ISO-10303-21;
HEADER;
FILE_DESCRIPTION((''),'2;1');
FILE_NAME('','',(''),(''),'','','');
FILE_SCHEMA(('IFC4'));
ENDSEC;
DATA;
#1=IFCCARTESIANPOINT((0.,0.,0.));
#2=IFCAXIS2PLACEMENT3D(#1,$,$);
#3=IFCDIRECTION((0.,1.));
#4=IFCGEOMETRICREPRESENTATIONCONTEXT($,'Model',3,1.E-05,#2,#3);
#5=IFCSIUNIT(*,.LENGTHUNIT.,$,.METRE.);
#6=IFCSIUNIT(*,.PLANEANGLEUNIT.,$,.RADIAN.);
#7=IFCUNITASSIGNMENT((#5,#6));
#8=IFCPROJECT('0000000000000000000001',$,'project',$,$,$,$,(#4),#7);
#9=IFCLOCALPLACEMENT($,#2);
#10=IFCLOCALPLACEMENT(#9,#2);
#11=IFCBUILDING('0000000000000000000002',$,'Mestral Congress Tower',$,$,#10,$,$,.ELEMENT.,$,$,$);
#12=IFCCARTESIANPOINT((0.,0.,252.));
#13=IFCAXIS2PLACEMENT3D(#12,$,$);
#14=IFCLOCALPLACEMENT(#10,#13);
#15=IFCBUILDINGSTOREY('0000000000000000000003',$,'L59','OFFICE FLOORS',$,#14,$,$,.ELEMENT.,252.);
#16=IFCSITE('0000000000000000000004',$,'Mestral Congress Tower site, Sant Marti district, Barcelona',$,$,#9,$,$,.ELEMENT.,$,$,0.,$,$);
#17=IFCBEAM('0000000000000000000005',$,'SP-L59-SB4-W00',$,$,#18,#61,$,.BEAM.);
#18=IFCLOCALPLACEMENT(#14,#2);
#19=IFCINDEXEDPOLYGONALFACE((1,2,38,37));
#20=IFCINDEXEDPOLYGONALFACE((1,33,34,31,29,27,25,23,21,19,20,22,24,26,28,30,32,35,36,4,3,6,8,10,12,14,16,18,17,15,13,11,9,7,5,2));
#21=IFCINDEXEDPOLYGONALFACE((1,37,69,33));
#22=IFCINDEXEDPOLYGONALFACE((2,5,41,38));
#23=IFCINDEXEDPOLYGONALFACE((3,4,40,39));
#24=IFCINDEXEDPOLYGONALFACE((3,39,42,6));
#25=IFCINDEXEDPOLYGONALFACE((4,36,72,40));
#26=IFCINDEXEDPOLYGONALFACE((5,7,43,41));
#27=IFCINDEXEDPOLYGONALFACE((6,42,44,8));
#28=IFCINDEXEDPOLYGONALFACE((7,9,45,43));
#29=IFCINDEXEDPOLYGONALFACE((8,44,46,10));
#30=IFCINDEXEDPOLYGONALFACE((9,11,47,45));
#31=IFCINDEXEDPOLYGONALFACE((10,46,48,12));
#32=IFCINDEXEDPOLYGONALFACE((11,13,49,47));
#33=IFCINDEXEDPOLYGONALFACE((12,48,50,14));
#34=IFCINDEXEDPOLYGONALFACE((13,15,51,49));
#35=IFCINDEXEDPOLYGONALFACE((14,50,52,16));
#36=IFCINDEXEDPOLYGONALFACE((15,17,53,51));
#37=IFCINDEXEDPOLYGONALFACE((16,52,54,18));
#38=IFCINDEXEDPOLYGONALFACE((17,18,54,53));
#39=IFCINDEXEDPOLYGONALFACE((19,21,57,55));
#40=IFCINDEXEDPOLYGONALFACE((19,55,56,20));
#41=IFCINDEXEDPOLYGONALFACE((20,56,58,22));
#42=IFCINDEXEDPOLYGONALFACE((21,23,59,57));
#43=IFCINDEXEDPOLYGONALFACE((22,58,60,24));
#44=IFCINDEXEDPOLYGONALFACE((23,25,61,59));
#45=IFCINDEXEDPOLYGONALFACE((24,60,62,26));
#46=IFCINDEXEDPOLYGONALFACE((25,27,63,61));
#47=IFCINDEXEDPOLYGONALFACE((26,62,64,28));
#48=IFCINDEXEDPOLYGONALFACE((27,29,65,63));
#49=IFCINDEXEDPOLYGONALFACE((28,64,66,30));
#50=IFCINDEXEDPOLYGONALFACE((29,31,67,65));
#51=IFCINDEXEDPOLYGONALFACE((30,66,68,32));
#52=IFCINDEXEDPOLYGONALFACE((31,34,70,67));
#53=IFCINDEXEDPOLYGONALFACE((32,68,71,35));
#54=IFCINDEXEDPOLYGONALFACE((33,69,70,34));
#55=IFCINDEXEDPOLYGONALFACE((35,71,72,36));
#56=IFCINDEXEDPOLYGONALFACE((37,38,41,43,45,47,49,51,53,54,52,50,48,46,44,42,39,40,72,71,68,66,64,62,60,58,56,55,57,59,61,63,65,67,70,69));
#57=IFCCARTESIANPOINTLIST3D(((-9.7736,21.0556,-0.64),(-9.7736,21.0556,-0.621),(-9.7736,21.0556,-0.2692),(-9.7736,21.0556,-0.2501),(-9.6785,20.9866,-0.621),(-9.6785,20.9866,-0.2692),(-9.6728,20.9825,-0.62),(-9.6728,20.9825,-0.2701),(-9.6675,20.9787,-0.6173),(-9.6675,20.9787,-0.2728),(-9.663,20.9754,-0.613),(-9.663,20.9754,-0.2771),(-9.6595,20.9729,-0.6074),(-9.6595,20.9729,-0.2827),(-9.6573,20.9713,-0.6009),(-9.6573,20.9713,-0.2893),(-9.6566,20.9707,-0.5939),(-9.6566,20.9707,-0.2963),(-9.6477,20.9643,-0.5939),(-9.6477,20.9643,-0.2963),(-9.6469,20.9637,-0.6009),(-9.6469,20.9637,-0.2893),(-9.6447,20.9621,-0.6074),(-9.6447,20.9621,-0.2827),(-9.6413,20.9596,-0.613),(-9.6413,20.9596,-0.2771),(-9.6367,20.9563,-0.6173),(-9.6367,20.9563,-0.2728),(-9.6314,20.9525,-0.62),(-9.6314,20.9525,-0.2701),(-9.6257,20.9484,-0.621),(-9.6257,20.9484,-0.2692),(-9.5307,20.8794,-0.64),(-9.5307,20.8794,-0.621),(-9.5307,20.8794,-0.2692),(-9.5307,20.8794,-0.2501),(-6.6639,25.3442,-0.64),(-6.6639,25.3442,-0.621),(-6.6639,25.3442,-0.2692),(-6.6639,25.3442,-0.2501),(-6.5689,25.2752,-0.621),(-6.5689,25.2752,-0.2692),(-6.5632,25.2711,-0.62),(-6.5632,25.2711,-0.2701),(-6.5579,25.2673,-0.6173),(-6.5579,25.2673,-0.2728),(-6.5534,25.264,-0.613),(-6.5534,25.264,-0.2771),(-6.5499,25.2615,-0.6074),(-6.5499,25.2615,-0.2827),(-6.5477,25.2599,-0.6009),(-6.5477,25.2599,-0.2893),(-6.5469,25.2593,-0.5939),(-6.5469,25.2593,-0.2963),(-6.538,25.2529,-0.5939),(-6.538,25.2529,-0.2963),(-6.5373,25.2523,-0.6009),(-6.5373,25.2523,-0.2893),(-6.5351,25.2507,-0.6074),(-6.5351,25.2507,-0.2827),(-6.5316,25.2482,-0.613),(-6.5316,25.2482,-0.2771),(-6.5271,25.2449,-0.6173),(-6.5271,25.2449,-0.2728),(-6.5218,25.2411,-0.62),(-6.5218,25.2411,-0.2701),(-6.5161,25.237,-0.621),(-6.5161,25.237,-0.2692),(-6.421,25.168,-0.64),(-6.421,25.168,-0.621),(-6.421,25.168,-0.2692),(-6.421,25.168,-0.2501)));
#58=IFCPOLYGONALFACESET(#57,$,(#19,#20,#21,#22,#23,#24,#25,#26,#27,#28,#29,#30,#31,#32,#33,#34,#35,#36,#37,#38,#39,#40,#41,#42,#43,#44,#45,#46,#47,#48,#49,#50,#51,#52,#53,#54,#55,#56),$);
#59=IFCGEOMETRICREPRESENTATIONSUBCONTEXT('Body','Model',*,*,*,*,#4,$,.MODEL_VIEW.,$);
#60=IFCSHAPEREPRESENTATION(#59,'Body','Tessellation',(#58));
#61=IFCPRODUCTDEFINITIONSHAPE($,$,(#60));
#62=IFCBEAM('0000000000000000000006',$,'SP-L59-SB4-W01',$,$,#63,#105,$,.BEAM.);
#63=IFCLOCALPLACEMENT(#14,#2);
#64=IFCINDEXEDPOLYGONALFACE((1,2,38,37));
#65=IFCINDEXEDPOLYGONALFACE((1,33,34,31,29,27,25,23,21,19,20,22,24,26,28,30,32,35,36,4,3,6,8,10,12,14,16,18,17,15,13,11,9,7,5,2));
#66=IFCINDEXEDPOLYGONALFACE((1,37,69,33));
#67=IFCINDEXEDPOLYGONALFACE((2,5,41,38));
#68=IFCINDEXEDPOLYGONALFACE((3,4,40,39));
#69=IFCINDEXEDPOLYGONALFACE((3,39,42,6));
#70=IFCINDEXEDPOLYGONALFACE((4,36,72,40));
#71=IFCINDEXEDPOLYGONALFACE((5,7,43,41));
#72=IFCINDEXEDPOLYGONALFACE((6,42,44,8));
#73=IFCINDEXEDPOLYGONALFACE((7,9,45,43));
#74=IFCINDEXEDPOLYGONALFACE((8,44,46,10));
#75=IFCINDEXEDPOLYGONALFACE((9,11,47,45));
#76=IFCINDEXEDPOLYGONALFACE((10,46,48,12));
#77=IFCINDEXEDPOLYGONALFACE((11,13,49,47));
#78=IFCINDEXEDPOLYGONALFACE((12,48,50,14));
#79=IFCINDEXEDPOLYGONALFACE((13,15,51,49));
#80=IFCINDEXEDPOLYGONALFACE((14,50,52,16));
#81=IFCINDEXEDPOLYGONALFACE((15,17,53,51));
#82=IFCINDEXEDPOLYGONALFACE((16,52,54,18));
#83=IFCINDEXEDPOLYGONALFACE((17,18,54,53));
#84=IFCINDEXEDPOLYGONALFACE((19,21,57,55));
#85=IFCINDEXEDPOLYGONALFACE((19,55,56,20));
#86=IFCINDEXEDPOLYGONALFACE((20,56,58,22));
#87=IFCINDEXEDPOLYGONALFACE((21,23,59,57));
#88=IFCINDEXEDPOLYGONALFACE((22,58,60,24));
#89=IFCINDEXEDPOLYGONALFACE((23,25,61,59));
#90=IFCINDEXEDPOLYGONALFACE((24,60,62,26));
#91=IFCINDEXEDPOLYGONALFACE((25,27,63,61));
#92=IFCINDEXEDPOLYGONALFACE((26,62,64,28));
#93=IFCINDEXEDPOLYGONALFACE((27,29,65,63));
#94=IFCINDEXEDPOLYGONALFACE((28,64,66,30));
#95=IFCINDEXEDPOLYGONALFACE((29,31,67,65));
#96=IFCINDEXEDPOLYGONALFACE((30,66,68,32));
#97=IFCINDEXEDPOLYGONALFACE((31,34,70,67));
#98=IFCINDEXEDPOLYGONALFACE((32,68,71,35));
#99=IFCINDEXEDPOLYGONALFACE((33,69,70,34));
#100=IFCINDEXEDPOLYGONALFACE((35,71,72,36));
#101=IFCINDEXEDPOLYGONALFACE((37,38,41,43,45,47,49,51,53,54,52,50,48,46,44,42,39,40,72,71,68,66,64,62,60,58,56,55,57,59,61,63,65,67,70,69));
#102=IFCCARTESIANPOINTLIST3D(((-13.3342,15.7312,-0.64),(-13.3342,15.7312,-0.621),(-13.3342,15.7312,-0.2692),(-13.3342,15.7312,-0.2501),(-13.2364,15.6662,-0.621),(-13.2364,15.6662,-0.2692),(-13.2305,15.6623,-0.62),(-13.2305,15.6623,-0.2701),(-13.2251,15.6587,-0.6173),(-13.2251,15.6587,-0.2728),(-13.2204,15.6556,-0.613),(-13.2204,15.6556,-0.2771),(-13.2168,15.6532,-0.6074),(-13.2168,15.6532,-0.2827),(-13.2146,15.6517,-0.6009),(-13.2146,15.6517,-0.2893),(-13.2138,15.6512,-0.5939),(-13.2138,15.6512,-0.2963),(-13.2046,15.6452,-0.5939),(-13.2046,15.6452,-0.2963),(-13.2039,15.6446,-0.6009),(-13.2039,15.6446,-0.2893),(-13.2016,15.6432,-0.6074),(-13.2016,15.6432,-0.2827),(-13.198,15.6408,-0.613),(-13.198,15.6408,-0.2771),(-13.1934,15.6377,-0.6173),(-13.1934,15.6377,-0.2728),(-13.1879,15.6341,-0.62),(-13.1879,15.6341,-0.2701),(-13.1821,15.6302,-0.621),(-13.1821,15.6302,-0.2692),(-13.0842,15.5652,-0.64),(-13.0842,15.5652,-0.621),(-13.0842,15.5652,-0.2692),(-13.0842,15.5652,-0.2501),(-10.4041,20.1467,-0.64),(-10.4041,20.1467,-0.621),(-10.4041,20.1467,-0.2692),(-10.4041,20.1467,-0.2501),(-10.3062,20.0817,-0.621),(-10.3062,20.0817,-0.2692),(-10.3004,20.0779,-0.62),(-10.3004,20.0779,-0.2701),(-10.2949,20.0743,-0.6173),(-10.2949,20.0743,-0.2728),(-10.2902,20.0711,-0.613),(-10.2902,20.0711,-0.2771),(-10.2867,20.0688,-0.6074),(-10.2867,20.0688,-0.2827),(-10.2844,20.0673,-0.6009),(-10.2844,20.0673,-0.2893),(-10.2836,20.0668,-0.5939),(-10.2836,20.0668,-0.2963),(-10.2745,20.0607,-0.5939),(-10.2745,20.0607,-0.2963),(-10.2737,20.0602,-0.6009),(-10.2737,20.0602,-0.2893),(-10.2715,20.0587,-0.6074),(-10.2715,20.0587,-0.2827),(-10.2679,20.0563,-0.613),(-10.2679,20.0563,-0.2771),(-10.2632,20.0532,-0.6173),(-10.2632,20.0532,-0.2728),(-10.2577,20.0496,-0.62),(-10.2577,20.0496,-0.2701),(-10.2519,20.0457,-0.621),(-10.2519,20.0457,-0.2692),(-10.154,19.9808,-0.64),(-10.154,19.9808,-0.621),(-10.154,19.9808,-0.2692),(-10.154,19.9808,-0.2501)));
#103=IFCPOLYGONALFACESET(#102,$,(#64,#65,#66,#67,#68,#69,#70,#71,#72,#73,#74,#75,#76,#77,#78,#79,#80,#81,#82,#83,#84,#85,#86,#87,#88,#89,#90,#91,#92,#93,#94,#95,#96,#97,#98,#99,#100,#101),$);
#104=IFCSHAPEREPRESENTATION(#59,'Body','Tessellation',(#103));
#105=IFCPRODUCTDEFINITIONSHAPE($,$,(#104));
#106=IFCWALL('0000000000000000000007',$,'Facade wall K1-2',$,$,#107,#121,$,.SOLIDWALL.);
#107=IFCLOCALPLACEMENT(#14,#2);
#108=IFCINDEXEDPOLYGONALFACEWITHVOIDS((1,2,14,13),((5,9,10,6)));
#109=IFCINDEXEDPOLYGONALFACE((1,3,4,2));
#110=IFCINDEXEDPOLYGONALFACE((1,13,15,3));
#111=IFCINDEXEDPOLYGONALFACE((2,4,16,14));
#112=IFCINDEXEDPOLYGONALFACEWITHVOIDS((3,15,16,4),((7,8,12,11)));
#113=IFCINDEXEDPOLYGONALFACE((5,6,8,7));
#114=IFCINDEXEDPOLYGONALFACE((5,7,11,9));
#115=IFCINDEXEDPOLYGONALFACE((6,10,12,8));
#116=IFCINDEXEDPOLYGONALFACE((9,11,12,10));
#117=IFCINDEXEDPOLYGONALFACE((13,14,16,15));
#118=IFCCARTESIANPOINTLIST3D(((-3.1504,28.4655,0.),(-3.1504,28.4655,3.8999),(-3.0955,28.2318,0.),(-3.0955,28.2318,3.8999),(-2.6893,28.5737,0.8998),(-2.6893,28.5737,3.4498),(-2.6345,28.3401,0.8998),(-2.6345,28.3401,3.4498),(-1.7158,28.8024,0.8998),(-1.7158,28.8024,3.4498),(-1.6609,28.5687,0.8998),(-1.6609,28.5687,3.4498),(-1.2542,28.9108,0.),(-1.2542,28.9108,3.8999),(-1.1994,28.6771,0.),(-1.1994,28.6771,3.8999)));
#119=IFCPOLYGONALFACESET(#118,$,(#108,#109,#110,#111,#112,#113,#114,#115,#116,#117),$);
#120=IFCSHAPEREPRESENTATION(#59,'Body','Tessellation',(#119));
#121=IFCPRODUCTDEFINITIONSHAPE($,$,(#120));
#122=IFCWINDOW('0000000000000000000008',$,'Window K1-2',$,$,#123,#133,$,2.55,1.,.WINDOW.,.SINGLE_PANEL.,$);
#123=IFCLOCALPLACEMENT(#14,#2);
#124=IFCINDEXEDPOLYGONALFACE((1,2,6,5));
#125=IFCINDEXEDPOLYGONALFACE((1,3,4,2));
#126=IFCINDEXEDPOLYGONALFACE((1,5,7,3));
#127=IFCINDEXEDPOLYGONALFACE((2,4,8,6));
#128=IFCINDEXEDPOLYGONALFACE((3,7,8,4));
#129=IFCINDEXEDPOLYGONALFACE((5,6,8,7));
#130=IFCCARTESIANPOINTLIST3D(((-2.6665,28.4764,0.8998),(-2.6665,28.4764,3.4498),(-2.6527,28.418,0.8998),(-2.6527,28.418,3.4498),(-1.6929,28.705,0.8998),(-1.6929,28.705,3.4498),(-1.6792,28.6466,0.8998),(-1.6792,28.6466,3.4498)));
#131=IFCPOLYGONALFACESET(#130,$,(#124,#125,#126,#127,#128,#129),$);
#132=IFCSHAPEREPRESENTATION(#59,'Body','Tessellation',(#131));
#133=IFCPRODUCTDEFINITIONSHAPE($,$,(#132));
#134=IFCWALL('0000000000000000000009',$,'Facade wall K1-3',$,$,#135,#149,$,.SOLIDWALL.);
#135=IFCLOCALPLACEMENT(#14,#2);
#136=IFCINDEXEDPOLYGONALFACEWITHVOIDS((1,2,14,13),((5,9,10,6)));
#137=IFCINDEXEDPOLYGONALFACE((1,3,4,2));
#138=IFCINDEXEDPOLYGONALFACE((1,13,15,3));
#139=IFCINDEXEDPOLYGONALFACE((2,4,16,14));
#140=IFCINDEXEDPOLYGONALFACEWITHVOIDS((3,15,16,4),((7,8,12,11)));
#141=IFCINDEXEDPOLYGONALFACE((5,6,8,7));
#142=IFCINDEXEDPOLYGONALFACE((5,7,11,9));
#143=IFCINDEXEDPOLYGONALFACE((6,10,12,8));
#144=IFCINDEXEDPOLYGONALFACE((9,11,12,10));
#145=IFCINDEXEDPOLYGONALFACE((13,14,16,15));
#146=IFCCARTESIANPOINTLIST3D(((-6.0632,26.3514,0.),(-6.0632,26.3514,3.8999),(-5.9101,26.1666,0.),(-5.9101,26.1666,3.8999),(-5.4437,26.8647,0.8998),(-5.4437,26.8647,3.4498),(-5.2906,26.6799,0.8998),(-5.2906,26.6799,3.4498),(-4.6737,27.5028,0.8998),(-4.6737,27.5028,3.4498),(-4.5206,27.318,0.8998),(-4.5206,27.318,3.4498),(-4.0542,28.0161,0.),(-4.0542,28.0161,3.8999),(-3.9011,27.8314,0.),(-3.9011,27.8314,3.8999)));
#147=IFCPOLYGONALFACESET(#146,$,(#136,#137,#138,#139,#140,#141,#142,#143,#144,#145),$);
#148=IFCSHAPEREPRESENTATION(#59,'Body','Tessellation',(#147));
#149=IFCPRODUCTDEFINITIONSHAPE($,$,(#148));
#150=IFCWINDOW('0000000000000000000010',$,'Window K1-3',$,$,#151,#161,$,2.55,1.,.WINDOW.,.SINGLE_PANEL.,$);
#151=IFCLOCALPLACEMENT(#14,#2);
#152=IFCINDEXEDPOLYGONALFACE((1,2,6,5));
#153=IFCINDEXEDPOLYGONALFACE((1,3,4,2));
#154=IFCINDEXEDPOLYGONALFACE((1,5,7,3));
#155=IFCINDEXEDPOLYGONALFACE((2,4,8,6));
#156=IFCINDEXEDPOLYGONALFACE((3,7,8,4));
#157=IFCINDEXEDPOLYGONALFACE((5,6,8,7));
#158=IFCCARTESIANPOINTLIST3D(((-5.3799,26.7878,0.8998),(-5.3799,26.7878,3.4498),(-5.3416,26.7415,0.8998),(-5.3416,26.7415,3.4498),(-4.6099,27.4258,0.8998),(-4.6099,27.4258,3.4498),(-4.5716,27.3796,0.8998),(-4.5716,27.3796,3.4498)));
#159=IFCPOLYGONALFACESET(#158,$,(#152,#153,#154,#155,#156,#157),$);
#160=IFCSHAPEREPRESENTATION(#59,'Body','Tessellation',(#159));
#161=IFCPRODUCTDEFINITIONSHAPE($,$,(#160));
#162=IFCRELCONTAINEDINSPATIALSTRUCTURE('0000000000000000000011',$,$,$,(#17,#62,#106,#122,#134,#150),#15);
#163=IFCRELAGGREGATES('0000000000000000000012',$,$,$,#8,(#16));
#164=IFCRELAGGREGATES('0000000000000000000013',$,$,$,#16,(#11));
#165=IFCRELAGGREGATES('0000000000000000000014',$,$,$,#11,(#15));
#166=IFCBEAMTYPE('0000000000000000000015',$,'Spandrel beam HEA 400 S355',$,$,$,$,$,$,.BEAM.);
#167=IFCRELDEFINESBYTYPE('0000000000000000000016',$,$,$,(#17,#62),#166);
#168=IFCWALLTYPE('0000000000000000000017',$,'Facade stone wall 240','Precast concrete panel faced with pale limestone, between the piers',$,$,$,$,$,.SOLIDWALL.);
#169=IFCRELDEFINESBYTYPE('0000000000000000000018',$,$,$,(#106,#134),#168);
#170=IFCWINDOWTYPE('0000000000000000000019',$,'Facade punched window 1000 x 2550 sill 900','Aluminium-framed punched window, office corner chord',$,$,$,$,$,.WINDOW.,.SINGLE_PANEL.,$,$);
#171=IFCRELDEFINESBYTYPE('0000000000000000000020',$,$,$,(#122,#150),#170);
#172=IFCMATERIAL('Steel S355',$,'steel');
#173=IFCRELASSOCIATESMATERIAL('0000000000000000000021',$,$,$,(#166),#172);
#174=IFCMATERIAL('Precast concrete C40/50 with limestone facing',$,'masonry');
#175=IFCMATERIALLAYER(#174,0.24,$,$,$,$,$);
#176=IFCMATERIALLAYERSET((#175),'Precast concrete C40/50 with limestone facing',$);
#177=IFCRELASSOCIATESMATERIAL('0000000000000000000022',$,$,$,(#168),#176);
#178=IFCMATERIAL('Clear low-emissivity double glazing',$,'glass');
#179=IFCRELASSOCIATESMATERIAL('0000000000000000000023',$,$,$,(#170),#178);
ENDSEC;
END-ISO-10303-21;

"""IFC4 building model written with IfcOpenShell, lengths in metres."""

from ifc_helpers import new_model, si_unit, direction, frame, frame_2d, origin, origin_2d, place, context, subcontext, project, spatial, rectangle, i_section, extrude, material, layer, layer_set, material_profile, profile_set, type_object, element, fill, save


model = new_model("IFC4")

# Units and contexts
model_context = context("Model", 3, precision=1e-05, world=origin(), true_north=direction((0.0, 1.0)))
body_context = subcontext(model_context, "Body", "Model", "MODEL_VIEW")
ifc_project = project(units=[si_unit("LENGTHUNIT", "METRE"), si_unit("PLANEANGLEUNIT", "RADIAN")], contexts=[model_context])

# Site, building, storey
site_placement = place(None, origin())
site = spatial("IfcSite", under=ifc_project, at=site_placement, Name="Mestral Congress Tower site, Sant Marti district, Barcelona", CompositionType="ELEMENT", RefElevation=0.0)
building_placement = place(site_placement, origin())
building = spatial("IfcBuilding", under=site, at=building_placement, Name="Mestral Congress Tower", CompositionType="ELEMENT")
storey_placement = place(building_placement, frame((0.0, 0.0, 252.0)))
storey = spatial("IfcBuildingStorey", under=building, at=storey_placement, Name="L59", Description="OFFICE FLOORS", CompositionType="ELEMENT", Elevation=252.0)

# Beams
ifc_material_1 = material(Name="Steel S355", Category="steel")
ifc_material_profile_1 = material_profile(ifc_material_1, i_section(OverallWidth=0.3, OverallDepth=0.3899, WebThickness=0.011, FlangeThickness=0.019, FilletRadius=0.0271, at=origin_2d()), Name="HEA 400")
ifc_profile_set_1 = profile_set([ifc_material_profile_1], Name="Steel S355")
beam_type_1 = type_object("IfcBeamType", Name="Spandrel beam HEA 400 S355", PredefinedType="BEAM", material=ifc_profile_set_1)
beam_1_placement = place(storey_placement, frame((-6.5425, 25.2561, -0.4451), z_axis=(-0.587017, -0.809574, 0.0), x_axis=(0.809574, -0.587017, 0.0)))
element("IfcBeam", 1, at=beam_1_placement, inside=storey, type_object=beam_type_1, Name="SP-L59-SB4-W00", PredefinedType="BEAM", context=body_context, shape_type="SweptSolid", body=[
    extrude(i_section(OverallWidth=0.3, OverallDepth=0.3899, WebThickness=0.011, FlangeThickness=0.019, FilletRadius=0.0271, at=origin_2d()), origin(), (0.0, 0.0, 1.0), 5.2974),
])
beam_2_placement = place(storey_placement, frame((-10.2791, 20.0637, -0.4451), z_axis=(-0.552934, -0.833225, 0.0), x_axis=(0.833225, -0.552934, 0.0)))
element("IfcBeam", 2, at=beam_2_placement, inside=storey, type_object=beam_type_1, Name="SP-L59-SB4-W01", PredefinedType="BEAM", context=body_context, shape_type="SweptSolid", body=[
    extrude(i_section(OverallWidth=0.3, OverallDepth=0.3899, WebThickness=0.011, FlangeThickness=0.019, FilletRadius=0.0271, at=origin_2d()), origin(), (0.0, 0.0, 1.0), 5.2993),
])

# Walls, openings, windows
ifc_material_2 = material(Name="Precast concrete C40/50 with limestone facing", Category="masonry")
ifc_layer_1 = layer(ifc_material_2, 0.24)
ifc_layer_set_1 = layer_set([ifc_layer_1], Name="Precast concrete C40/50 with limestone facing")
wall_type_1 = type_object("IfcWallType", Name="Facade stone wall 240", Description="Precast concrete panel faced with pale limestone, between the piers", PredefinedType="SOLIDWALL", material=ifc_layer_set_1)
wall_1_placement = place(storey_placement, frame((-1.2268, 28.7939, 0.0), z_axis=(0.0, 0.0, 1.0), x_axis=(-0.973516, -0.22862, 0.0)))
wall_1 = element("IfcWall", 3, at=wall_1_placement, inside=storey, type_object=wall_type_1, Name="Facade wall K1-2", PredefinedType="SOLIDWALL", context=body_context, shape_type="SweptSolid", body=[
    extrude(rectangle(XDim=1.9478, YDim=0.24, at=frame_2d((0.9739, 0.0))), origin(), (0.0, 0.0, 1.0), 3.8999),
])
opening_1_placement = place(wall_1_placement, frame((0.4741, 0.0, 0.8999)))
opening_1 = element("IfcOpeningElement", 4, at=opening_1_placement, cuts=wall_1, PredefinedType="OPENING", context=body_context, shape_type="SweptSolid", body=[
    extrude(rectangle(XDim=1.0, YDim=2.55, at=frame_2d((0.5, 1.2749))), frame((0.0, 0.1299, 0.0), z_axis=(0.0, -1.0, 0.0), x_axis=(1.0, 0.0, 0.0)), (0.0, 0.0, 1.0), 0.26),
])
ifc_material_3 = material(Name="Clear low-emissivity double glazing", Category="glass")
window_type_1 = type_object("IfcWindowType", Name="Facade punched window 1000 x 2550 sill 900", Description="Aluminium-framed punched window, office corner chord", PartitioningType="SINGLE_PANEL", PredefinedType="WINDOW", material=ifc_material_3)
window_1_placement = place(opening_1_placement, origin())
window_1 = element("IfcWindow", 5, at=window_1_placement, inside=storey, type_object=window_type_1, Name="Window K1-2", OverallHeight=2.55, OverallWidth=1.0, PartitioningType="SINGLE_PANEL", PredefinedType="WINDOW", context=body_context, shape_type="SweptSolid", body=[
    extrude(rectangle(XDim=1.0, YDim=2.55, at=frame_2d((0.5, 1.2749))), frame((0.0, 0.04, 0.0), z_axis=(0.0, -1.0, 0.0), x_axis=(1.0, 0.0, 0.0)), (0.0, 0.0, 1.0), 0.0601),
])
fill(opening_1, window_1)
wall_2_placement = place(storey_placement, frame((-3.9775, 27.9238, 0.0), z_axis=(0.0, 0.0, 1.0), x_axis=(-0.76999, -0.638056, 0.0)))
wall_2 = element("IfcWall", 6, at=wall_2_placement, inside=storey, type_object=wall_type_1, Name="Facade wall K1-3", PredefinedType="SOLIDWALL", context=body_context, shape_type="SweptSolid", body=[
    extrude(rectangle(XDim=2.6091, YDim=0.24, at=frame_2d((1.3047, 0.0))), origin(), (0.0, 0.0, 1.0), 3.8999),
])
opening_2_placement = place(wall_2_placement, frame((0.8047, 0.0, 0.8999)))
opening_2 = element("IfcOpeningElement", 7, at=opening_2_placement, cuts=wall_2, PredefinedType="OPENING", context=body_context, shape_type="SweptSolid", body=[
    extrude(rectangle(XDim=1.0, YDim=2.55, at=frame_2d((0.5, 1.2749))), frame((0.0, 0.1299, 0.0), z_axis=(0.0, -1.0, 0.0), x_axis=(1.0, 0.0, 0.0)), (0.0, 0.0, 1.0), 0.26),
])
window_2_placement = place(opening_2_placement, origin())
window_2 = element("IfcWindow", 8, at=window_2_placement, inside=storey, type_object=window_type_1, Name="Window K1-3", OverallHeight=2.55, OverallWidth=1.0, PartitioningType="SINGLE_PANEL", PredefinedType="WINDOW", context=body_context, shape_type="SweptSolid", body=[
    extrude(rectangle(XDim=1.0, YDim=2.55, at=frame_2d((0.5, 1.2749))), frame((0.0, 0.04, 0.0), z_axis=(0.0, -1.0, 0.0), x_axis=(1.0, 0.0, 0.0)), (0.0, 0.0, 1.0), 0.0601),
])
fill(opening_2, window_2)

save(model, "model.ifc")
